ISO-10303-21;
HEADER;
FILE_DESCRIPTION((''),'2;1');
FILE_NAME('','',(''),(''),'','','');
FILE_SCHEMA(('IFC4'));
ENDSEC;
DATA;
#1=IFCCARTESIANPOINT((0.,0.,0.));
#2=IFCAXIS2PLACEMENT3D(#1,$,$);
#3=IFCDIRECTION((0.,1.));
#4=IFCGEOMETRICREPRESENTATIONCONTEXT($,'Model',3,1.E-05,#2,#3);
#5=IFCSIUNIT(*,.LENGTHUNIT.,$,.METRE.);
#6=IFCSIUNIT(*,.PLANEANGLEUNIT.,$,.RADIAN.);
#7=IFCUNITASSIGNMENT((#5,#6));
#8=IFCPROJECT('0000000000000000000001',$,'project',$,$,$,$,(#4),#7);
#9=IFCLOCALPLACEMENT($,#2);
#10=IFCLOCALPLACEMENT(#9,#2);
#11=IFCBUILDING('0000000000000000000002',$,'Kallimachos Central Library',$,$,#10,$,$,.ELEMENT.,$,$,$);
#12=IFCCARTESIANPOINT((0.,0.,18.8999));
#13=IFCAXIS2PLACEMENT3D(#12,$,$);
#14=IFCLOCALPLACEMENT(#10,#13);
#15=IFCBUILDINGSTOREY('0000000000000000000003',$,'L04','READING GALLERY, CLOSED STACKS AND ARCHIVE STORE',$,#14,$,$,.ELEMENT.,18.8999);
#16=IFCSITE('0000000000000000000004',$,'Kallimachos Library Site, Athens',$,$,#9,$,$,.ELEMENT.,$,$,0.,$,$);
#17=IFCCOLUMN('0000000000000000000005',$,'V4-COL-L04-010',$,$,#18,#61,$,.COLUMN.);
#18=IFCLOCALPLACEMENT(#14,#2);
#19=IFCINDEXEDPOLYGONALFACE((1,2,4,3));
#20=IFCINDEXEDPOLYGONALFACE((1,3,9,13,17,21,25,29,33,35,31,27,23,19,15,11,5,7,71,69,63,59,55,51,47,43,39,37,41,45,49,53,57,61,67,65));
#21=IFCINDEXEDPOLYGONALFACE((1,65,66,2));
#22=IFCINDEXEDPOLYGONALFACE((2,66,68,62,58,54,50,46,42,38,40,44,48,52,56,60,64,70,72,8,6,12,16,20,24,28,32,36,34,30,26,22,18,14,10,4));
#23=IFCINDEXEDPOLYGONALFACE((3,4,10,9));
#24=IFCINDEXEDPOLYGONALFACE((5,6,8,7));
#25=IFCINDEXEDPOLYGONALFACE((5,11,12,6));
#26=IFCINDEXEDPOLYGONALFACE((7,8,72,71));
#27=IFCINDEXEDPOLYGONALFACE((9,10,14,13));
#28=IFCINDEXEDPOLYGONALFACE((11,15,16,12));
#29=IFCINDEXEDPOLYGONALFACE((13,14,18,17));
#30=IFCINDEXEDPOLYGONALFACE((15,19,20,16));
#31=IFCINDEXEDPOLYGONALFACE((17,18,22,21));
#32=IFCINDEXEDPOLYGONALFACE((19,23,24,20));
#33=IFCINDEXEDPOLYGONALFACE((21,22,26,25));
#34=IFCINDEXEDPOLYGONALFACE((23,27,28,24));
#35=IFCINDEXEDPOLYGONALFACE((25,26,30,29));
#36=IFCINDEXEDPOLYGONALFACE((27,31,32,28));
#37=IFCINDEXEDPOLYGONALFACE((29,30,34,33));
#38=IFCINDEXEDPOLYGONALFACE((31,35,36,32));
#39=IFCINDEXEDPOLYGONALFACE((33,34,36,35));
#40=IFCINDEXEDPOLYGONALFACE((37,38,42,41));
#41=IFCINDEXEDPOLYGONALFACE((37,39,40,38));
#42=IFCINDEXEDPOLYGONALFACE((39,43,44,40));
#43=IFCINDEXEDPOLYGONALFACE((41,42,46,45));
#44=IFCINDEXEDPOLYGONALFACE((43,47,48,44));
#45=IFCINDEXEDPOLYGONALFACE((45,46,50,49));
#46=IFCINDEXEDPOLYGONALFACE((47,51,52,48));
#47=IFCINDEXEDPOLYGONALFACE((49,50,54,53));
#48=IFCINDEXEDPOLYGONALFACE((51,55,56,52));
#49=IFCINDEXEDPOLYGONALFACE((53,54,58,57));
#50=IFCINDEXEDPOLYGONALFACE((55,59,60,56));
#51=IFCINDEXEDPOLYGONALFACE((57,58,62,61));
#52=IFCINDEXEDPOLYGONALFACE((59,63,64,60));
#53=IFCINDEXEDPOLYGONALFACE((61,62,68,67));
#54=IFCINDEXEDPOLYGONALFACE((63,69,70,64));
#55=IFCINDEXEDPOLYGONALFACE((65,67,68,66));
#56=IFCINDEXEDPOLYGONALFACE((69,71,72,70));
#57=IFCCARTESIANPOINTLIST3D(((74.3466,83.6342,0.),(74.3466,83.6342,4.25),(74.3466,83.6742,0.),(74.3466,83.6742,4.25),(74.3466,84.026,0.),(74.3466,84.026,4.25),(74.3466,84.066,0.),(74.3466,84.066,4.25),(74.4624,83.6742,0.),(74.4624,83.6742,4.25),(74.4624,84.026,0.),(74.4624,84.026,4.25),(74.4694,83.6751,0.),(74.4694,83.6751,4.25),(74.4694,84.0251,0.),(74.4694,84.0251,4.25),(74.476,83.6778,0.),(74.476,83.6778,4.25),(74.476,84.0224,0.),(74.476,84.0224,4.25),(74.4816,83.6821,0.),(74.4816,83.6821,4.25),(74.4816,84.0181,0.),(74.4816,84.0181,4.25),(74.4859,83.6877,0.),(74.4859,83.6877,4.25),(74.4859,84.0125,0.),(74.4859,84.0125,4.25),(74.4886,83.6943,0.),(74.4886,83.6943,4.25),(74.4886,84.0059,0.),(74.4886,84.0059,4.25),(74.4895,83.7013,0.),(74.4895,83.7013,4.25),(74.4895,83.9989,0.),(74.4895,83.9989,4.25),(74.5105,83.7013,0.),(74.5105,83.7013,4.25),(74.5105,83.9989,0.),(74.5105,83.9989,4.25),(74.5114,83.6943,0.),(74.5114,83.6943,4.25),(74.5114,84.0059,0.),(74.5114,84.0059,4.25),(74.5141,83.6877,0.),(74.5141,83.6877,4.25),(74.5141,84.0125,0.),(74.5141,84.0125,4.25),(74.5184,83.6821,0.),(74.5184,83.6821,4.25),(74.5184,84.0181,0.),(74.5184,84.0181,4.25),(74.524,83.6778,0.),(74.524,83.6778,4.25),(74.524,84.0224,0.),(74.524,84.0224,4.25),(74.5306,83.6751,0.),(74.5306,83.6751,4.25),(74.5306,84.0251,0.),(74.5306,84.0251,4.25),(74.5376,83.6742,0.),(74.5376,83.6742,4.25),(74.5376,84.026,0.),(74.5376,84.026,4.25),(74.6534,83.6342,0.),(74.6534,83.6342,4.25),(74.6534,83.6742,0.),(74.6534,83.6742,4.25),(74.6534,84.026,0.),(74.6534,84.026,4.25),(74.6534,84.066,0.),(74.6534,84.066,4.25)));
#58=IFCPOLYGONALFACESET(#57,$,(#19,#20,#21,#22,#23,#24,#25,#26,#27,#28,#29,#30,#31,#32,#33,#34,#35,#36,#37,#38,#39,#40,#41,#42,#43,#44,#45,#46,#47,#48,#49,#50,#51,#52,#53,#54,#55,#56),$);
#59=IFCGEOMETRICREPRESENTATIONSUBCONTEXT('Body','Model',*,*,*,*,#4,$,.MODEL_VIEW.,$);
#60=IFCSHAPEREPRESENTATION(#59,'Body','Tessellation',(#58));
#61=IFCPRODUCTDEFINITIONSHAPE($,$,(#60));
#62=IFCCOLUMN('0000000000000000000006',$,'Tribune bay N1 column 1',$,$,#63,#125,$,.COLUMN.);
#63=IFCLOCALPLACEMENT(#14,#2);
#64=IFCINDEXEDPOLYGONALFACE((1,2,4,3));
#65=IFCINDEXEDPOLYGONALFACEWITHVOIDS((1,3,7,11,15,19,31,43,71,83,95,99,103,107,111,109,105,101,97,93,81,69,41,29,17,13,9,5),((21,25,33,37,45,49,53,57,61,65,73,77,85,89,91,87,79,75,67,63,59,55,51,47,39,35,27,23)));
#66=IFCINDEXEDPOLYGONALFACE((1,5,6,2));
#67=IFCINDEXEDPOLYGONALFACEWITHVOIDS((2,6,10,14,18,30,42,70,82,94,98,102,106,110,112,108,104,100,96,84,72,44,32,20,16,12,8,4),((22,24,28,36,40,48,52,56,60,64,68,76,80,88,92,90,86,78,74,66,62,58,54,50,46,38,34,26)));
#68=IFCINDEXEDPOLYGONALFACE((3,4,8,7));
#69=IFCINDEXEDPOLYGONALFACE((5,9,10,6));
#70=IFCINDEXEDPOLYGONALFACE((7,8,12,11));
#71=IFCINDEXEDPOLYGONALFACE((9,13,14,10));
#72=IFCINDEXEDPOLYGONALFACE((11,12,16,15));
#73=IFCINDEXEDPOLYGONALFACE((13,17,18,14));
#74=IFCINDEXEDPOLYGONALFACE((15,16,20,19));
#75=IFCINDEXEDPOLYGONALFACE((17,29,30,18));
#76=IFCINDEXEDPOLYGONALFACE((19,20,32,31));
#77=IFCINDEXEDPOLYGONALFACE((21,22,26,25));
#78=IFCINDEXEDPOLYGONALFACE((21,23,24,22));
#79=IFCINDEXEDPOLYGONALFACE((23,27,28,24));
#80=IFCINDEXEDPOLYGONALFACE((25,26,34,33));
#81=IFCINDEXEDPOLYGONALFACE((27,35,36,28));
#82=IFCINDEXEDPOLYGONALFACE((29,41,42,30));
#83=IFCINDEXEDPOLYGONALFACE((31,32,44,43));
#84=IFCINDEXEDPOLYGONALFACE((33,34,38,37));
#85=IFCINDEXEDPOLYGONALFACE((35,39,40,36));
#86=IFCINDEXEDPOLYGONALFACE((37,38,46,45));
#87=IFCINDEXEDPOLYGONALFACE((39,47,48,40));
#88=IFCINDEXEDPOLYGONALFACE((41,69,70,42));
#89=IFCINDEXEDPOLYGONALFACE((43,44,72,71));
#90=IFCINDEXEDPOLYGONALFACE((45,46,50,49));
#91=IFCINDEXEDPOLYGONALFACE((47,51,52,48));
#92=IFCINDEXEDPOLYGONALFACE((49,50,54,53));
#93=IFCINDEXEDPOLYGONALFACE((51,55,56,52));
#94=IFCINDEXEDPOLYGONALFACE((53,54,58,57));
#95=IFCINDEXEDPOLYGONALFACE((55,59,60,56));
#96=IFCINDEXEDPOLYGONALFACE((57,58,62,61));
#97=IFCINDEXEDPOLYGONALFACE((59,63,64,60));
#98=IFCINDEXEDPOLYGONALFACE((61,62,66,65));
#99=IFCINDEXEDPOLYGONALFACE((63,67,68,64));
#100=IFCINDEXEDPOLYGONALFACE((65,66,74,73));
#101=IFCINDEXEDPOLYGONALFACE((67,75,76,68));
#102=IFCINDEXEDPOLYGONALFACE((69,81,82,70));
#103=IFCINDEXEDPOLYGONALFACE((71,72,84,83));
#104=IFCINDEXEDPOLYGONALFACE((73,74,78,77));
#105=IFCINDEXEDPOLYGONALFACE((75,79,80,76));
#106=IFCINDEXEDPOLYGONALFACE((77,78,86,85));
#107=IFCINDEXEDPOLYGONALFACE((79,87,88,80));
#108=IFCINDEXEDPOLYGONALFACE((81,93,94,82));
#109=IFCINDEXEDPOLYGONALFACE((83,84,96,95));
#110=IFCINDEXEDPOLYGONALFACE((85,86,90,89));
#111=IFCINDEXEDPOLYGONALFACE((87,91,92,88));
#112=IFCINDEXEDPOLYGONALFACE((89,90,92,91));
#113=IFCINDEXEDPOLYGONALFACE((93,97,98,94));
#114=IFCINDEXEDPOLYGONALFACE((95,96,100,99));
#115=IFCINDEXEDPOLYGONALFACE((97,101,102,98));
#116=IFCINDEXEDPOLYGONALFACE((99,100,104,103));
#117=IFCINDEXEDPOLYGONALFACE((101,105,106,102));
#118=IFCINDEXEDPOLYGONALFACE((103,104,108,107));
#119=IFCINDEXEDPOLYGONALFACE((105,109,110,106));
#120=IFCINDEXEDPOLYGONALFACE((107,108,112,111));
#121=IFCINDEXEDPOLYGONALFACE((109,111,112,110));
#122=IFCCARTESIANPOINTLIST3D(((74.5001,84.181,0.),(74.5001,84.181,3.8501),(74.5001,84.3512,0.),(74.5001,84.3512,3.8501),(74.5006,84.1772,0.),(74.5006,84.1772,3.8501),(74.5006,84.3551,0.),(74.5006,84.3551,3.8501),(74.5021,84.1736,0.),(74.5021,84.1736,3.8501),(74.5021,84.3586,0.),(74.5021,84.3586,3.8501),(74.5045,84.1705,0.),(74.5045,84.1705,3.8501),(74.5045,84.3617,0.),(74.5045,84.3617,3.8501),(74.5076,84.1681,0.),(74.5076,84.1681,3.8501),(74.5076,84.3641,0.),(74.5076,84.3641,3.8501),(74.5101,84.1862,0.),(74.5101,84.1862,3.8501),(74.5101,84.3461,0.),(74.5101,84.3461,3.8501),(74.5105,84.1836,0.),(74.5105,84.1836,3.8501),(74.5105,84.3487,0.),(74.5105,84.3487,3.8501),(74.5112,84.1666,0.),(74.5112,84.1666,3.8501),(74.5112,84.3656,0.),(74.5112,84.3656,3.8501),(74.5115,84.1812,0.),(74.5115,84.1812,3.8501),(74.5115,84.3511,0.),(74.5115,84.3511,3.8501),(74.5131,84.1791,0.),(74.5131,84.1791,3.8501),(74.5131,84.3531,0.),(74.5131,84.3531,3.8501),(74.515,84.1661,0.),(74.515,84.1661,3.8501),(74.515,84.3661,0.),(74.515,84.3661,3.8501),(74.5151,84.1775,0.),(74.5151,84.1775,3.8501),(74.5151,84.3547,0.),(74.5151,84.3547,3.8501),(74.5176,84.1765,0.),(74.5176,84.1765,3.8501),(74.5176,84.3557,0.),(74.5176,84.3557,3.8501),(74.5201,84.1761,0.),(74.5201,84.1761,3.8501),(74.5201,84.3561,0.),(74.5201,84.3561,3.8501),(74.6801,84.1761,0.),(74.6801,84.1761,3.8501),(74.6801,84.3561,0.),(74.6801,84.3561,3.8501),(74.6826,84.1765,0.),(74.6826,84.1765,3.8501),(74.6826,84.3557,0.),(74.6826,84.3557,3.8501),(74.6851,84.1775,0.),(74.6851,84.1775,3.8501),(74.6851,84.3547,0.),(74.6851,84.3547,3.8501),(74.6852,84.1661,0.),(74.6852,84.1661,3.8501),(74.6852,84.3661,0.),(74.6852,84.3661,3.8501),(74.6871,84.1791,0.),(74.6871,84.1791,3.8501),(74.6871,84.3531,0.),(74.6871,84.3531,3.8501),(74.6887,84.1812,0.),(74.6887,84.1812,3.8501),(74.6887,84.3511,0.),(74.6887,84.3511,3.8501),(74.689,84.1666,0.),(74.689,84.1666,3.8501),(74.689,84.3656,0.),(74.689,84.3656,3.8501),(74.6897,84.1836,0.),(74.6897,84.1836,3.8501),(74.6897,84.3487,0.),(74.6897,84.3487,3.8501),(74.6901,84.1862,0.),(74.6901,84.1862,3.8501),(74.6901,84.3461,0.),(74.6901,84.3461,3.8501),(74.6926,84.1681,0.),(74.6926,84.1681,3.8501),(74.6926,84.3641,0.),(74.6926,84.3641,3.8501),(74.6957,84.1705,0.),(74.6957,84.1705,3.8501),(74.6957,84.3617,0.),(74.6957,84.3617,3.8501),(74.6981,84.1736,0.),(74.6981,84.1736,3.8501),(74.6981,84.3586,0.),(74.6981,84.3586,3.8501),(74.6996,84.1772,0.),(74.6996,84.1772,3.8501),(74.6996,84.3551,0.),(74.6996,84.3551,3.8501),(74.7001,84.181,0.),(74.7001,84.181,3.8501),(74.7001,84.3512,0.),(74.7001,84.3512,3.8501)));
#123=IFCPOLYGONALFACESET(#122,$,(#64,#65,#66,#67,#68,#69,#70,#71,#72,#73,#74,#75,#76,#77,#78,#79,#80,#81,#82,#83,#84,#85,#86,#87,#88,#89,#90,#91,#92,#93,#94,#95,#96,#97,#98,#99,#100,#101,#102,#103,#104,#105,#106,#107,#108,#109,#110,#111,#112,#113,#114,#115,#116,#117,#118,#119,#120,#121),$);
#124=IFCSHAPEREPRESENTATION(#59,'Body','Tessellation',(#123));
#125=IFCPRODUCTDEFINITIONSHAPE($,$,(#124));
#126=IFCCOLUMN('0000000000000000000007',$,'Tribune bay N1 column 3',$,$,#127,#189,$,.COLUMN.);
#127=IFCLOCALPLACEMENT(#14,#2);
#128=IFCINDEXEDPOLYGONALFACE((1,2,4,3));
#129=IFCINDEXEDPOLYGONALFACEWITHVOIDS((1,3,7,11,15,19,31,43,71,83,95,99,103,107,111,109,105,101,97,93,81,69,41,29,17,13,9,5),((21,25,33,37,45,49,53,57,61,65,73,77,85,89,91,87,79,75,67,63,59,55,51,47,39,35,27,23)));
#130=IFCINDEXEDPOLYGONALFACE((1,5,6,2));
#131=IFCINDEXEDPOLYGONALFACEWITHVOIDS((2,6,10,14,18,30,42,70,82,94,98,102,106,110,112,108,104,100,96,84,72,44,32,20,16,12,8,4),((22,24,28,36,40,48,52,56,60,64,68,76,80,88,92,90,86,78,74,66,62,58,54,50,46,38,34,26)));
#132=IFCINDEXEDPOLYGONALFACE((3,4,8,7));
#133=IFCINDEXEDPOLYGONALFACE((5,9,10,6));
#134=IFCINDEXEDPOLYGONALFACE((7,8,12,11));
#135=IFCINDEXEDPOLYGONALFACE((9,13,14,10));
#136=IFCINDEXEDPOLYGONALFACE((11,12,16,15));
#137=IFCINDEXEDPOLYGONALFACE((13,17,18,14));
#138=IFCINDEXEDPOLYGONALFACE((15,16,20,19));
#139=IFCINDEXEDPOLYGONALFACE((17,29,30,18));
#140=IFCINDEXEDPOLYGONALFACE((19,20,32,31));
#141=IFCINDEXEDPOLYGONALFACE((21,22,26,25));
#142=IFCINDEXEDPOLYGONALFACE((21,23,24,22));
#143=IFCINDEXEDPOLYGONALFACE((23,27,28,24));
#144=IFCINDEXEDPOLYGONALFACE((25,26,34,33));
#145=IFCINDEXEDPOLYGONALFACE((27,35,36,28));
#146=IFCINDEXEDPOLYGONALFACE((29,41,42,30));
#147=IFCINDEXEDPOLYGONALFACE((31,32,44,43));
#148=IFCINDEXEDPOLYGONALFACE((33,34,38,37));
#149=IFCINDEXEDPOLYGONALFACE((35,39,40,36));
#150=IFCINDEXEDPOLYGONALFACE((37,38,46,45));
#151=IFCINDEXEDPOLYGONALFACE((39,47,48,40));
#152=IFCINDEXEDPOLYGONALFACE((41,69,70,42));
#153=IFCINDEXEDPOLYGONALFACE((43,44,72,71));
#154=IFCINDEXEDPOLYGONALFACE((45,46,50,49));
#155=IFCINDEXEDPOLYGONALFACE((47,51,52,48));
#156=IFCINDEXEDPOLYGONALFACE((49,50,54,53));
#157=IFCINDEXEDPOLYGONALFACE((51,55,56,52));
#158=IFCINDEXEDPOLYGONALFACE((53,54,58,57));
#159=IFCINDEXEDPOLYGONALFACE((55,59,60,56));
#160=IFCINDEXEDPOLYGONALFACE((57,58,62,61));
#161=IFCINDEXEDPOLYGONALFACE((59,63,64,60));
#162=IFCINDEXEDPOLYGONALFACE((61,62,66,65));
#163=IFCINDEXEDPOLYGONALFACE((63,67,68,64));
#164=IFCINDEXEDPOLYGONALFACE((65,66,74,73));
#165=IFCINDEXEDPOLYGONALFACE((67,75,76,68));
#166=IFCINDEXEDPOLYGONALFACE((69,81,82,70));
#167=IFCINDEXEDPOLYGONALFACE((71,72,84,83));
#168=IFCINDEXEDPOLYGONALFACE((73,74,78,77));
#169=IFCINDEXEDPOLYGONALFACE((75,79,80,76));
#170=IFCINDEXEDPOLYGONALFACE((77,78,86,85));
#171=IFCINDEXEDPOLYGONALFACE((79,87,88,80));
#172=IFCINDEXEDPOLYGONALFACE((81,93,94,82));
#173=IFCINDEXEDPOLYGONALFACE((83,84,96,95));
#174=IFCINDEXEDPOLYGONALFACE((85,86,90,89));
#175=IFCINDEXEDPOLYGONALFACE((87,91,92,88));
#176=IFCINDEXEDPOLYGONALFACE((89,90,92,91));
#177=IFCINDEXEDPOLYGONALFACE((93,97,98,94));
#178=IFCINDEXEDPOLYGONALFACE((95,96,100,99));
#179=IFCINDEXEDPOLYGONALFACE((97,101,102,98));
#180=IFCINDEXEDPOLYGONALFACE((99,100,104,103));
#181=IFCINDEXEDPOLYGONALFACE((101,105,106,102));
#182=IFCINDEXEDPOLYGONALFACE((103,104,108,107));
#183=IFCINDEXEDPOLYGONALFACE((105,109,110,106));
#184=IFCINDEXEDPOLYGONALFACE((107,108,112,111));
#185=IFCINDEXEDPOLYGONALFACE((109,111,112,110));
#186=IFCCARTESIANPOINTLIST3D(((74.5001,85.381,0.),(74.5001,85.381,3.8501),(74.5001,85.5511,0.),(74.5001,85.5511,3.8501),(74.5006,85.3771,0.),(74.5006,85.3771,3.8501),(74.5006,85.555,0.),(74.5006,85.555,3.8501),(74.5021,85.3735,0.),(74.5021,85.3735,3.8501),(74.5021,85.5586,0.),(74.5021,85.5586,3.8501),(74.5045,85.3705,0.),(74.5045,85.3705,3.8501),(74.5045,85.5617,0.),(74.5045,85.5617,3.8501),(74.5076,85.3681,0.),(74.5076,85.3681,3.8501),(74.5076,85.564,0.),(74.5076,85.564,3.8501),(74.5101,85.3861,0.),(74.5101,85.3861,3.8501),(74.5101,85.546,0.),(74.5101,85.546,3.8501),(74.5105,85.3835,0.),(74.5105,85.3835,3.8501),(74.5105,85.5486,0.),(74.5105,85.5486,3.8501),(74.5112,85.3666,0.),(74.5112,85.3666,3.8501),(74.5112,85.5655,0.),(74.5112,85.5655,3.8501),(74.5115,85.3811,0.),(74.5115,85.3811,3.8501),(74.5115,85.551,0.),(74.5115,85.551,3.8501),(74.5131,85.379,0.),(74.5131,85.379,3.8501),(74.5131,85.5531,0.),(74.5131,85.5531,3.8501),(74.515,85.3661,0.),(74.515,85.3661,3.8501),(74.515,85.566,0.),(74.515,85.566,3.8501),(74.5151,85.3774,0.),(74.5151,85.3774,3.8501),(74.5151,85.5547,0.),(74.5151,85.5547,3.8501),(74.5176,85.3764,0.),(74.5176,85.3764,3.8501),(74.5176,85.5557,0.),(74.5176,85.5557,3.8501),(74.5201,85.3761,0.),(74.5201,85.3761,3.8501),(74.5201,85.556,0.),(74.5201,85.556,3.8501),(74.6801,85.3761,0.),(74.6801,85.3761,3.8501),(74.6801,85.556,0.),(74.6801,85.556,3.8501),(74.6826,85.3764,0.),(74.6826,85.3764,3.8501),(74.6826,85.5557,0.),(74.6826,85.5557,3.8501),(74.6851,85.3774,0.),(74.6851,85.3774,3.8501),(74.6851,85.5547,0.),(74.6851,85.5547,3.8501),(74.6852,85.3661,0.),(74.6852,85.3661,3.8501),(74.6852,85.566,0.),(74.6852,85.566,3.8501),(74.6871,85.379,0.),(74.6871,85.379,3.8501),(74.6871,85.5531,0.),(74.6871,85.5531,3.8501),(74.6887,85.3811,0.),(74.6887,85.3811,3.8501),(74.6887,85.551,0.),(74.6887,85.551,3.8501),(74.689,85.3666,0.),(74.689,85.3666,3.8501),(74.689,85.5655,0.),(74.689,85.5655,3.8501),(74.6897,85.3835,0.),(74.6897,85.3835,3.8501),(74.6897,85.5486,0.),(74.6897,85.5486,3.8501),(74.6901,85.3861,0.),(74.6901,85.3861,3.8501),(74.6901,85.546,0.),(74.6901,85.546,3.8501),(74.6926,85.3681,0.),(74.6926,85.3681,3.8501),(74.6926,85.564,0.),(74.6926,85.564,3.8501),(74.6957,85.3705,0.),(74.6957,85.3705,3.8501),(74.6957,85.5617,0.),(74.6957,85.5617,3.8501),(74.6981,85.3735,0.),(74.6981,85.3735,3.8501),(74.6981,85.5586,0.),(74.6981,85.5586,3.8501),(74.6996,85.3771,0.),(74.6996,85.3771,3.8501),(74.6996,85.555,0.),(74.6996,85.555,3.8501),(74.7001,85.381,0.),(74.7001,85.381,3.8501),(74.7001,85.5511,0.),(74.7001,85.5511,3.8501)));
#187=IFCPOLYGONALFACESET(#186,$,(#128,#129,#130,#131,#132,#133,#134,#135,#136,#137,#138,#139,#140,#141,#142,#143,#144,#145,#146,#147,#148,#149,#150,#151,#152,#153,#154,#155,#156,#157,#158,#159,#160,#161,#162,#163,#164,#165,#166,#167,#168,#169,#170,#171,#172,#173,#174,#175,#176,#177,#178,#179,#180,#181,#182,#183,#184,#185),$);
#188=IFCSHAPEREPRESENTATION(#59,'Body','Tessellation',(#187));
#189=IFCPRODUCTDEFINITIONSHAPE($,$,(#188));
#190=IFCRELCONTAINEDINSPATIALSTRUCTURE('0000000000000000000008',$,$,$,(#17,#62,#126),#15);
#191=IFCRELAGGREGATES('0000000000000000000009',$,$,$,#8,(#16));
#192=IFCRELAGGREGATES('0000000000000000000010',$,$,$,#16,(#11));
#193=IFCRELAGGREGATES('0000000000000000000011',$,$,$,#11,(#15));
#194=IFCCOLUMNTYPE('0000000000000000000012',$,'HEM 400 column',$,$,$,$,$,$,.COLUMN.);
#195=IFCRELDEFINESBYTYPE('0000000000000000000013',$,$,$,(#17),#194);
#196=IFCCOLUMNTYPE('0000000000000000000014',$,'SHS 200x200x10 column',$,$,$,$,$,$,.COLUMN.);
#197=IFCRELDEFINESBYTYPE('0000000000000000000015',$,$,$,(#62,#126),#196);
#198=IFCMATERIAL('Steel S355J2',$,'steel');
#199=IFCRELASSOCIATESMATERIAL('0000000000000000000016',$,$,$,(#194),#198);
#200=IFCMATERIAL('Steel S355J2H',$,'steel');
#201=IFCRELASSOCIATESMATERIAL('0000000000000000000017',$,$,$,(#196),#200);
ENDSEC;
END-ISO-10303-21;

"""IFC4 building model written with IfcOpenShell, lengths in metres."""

from ifc_helpers import new_model, si_unit, direction, frame, origin, origin_2d, place, context, subcontext, project, spatial, hollow_rectangle, i_section, extrude, material, material_profile, profile_set, type_object, element, save


model = new_model("IFC4")

# Units and contexts
model_context = context("Model", 3, precision=1e-05, world=origin(), true_north=direction((0.0, 1.0)))
body_context = subcontext(model_context, "Body", "Model", "MODEL_VIEW")
ifc_project = project(units=[si_unit("LENGTHUNIT", "METRE"), si_unit("PLANEANGLEUNIT", "RADIAN")], contexts=[model_context])

# Site, building, storey
site_placement = place(None, origin())
site = spatial("IfcSite", under=ifc_project, at=site_placement, Name="Kallimachos Library Site, Athens", CompositionType="ELEMENT", RefElevation=0.0)
building_placement = place(site_placement, origin())
building = spatial("IfcBuilding", under=site, at=building_placement, Name="Kallimachos Central Library", CompositionType="ELEMENT")
storey_placement = place(building_placement, frame((0.0, 0.0, 18.8999)))
storey = spatial("IfcBuildingStorey", under=building, at=storey_placement, Name="L04", Description="READING GALLERY, CLOSED STACKS AND ARCHIVE STORE", CompositionType="ELEMENT", Elevation=18.8999)

# Columns
ifc_material_1 = material(Name="Steel S355J2", Category="steel")
ifc_material_profile_1 = material_profile(ifc_material_1, i_section(OverallWidth=0.3069, OverallDepth=0.4319, WebThickness=0.021, FlangeThickness=0.04, FilletRadius=0.0271, at=origin_2d()), Name="HEM 400")
ifc_profile_set_1 = profile_set([ifc_material_profile_1], Name="Steel S355J2")
column_type_1 = type_object("IfcColumnType", Name="HEM 400 column", PredefinedType="COLUMN", material=ifc_profile_set_1)
column_placement = place(storey_placement, frame((74.5, 83.8501, 0.0), z_axis=(0.0, 0.0, 1.0), x_axis=(1.0, 0.0, 0.0)))
element("IfcColumn", 1, at=column_placement, inside=storey, type_object=column_type_1, Name="V4-COL-L04-010", PredefinedType="COLUMN", context=body_context, shape_type="SweptSolid", body=[
    extrude(i_section(OverallWidth=0.3069, OverallDepth=0.4319, WebThickness=0.021, FlangeThickness=0.04, FilletRadius=0.0271, at=origin_2d()), origin(), (0.0, 0.0, 1.0), 4.25),
])
ifc_material_2 = material(Name="Steel S355J2H", Category="steel")
ifc_material_profile_2 = material_profile(ifc_material_2, hollow_rectangle(XDim=0.2, YDim=0.2, WallThickness=0.01, InnerFilletRadius=0.01, OuterFilletRadius=0.0149, at=origin_2d()), Name="SHS 200x200x10")
ifc_profile_set_2 = profile_set([ifc_material_profile_2], Name="Steel S355J2H")
column_type_2 = type_object("IfcColumnType", Name="SHS 200x200x10 column", PredefinedType="COLUMN", material=ifc_profile_set_2)
for number, where, z_axis, x_axis, name in (
    (2, (74.6001, 84.2661, 0.0), (0.0, 0.0, 1.0), (1.0, 0.0, 0.0), "Tribune bay N1 column 1"),
    (3, (74.6001, 85.4661, 0.0), (0.0, 0.0, 1.0), (1.0, 0.0, 0.0), "Tribune bay N1 column 3"),
):
    element("IfcColumn", number, at=place(storey_placement, frame(where, z_axis=z_axis, x_axis=x_axis)), inside=storey, type_object=column_type_2, Name=name, PredefinedType="COLUMN", context=body_context, shape_type="SweptSolid", body=[
        extrude(hollow_rectangle(XDim=0.2, YDim=0.2, WallThickness=0.01, InnerFilletRadius=0.01, OuterFilletRadius=0.0149, at=origin_2d()), origin(), (0.0, 0.0, 1.0), 3.8501),
    ])

save(model, "model.ifc")
